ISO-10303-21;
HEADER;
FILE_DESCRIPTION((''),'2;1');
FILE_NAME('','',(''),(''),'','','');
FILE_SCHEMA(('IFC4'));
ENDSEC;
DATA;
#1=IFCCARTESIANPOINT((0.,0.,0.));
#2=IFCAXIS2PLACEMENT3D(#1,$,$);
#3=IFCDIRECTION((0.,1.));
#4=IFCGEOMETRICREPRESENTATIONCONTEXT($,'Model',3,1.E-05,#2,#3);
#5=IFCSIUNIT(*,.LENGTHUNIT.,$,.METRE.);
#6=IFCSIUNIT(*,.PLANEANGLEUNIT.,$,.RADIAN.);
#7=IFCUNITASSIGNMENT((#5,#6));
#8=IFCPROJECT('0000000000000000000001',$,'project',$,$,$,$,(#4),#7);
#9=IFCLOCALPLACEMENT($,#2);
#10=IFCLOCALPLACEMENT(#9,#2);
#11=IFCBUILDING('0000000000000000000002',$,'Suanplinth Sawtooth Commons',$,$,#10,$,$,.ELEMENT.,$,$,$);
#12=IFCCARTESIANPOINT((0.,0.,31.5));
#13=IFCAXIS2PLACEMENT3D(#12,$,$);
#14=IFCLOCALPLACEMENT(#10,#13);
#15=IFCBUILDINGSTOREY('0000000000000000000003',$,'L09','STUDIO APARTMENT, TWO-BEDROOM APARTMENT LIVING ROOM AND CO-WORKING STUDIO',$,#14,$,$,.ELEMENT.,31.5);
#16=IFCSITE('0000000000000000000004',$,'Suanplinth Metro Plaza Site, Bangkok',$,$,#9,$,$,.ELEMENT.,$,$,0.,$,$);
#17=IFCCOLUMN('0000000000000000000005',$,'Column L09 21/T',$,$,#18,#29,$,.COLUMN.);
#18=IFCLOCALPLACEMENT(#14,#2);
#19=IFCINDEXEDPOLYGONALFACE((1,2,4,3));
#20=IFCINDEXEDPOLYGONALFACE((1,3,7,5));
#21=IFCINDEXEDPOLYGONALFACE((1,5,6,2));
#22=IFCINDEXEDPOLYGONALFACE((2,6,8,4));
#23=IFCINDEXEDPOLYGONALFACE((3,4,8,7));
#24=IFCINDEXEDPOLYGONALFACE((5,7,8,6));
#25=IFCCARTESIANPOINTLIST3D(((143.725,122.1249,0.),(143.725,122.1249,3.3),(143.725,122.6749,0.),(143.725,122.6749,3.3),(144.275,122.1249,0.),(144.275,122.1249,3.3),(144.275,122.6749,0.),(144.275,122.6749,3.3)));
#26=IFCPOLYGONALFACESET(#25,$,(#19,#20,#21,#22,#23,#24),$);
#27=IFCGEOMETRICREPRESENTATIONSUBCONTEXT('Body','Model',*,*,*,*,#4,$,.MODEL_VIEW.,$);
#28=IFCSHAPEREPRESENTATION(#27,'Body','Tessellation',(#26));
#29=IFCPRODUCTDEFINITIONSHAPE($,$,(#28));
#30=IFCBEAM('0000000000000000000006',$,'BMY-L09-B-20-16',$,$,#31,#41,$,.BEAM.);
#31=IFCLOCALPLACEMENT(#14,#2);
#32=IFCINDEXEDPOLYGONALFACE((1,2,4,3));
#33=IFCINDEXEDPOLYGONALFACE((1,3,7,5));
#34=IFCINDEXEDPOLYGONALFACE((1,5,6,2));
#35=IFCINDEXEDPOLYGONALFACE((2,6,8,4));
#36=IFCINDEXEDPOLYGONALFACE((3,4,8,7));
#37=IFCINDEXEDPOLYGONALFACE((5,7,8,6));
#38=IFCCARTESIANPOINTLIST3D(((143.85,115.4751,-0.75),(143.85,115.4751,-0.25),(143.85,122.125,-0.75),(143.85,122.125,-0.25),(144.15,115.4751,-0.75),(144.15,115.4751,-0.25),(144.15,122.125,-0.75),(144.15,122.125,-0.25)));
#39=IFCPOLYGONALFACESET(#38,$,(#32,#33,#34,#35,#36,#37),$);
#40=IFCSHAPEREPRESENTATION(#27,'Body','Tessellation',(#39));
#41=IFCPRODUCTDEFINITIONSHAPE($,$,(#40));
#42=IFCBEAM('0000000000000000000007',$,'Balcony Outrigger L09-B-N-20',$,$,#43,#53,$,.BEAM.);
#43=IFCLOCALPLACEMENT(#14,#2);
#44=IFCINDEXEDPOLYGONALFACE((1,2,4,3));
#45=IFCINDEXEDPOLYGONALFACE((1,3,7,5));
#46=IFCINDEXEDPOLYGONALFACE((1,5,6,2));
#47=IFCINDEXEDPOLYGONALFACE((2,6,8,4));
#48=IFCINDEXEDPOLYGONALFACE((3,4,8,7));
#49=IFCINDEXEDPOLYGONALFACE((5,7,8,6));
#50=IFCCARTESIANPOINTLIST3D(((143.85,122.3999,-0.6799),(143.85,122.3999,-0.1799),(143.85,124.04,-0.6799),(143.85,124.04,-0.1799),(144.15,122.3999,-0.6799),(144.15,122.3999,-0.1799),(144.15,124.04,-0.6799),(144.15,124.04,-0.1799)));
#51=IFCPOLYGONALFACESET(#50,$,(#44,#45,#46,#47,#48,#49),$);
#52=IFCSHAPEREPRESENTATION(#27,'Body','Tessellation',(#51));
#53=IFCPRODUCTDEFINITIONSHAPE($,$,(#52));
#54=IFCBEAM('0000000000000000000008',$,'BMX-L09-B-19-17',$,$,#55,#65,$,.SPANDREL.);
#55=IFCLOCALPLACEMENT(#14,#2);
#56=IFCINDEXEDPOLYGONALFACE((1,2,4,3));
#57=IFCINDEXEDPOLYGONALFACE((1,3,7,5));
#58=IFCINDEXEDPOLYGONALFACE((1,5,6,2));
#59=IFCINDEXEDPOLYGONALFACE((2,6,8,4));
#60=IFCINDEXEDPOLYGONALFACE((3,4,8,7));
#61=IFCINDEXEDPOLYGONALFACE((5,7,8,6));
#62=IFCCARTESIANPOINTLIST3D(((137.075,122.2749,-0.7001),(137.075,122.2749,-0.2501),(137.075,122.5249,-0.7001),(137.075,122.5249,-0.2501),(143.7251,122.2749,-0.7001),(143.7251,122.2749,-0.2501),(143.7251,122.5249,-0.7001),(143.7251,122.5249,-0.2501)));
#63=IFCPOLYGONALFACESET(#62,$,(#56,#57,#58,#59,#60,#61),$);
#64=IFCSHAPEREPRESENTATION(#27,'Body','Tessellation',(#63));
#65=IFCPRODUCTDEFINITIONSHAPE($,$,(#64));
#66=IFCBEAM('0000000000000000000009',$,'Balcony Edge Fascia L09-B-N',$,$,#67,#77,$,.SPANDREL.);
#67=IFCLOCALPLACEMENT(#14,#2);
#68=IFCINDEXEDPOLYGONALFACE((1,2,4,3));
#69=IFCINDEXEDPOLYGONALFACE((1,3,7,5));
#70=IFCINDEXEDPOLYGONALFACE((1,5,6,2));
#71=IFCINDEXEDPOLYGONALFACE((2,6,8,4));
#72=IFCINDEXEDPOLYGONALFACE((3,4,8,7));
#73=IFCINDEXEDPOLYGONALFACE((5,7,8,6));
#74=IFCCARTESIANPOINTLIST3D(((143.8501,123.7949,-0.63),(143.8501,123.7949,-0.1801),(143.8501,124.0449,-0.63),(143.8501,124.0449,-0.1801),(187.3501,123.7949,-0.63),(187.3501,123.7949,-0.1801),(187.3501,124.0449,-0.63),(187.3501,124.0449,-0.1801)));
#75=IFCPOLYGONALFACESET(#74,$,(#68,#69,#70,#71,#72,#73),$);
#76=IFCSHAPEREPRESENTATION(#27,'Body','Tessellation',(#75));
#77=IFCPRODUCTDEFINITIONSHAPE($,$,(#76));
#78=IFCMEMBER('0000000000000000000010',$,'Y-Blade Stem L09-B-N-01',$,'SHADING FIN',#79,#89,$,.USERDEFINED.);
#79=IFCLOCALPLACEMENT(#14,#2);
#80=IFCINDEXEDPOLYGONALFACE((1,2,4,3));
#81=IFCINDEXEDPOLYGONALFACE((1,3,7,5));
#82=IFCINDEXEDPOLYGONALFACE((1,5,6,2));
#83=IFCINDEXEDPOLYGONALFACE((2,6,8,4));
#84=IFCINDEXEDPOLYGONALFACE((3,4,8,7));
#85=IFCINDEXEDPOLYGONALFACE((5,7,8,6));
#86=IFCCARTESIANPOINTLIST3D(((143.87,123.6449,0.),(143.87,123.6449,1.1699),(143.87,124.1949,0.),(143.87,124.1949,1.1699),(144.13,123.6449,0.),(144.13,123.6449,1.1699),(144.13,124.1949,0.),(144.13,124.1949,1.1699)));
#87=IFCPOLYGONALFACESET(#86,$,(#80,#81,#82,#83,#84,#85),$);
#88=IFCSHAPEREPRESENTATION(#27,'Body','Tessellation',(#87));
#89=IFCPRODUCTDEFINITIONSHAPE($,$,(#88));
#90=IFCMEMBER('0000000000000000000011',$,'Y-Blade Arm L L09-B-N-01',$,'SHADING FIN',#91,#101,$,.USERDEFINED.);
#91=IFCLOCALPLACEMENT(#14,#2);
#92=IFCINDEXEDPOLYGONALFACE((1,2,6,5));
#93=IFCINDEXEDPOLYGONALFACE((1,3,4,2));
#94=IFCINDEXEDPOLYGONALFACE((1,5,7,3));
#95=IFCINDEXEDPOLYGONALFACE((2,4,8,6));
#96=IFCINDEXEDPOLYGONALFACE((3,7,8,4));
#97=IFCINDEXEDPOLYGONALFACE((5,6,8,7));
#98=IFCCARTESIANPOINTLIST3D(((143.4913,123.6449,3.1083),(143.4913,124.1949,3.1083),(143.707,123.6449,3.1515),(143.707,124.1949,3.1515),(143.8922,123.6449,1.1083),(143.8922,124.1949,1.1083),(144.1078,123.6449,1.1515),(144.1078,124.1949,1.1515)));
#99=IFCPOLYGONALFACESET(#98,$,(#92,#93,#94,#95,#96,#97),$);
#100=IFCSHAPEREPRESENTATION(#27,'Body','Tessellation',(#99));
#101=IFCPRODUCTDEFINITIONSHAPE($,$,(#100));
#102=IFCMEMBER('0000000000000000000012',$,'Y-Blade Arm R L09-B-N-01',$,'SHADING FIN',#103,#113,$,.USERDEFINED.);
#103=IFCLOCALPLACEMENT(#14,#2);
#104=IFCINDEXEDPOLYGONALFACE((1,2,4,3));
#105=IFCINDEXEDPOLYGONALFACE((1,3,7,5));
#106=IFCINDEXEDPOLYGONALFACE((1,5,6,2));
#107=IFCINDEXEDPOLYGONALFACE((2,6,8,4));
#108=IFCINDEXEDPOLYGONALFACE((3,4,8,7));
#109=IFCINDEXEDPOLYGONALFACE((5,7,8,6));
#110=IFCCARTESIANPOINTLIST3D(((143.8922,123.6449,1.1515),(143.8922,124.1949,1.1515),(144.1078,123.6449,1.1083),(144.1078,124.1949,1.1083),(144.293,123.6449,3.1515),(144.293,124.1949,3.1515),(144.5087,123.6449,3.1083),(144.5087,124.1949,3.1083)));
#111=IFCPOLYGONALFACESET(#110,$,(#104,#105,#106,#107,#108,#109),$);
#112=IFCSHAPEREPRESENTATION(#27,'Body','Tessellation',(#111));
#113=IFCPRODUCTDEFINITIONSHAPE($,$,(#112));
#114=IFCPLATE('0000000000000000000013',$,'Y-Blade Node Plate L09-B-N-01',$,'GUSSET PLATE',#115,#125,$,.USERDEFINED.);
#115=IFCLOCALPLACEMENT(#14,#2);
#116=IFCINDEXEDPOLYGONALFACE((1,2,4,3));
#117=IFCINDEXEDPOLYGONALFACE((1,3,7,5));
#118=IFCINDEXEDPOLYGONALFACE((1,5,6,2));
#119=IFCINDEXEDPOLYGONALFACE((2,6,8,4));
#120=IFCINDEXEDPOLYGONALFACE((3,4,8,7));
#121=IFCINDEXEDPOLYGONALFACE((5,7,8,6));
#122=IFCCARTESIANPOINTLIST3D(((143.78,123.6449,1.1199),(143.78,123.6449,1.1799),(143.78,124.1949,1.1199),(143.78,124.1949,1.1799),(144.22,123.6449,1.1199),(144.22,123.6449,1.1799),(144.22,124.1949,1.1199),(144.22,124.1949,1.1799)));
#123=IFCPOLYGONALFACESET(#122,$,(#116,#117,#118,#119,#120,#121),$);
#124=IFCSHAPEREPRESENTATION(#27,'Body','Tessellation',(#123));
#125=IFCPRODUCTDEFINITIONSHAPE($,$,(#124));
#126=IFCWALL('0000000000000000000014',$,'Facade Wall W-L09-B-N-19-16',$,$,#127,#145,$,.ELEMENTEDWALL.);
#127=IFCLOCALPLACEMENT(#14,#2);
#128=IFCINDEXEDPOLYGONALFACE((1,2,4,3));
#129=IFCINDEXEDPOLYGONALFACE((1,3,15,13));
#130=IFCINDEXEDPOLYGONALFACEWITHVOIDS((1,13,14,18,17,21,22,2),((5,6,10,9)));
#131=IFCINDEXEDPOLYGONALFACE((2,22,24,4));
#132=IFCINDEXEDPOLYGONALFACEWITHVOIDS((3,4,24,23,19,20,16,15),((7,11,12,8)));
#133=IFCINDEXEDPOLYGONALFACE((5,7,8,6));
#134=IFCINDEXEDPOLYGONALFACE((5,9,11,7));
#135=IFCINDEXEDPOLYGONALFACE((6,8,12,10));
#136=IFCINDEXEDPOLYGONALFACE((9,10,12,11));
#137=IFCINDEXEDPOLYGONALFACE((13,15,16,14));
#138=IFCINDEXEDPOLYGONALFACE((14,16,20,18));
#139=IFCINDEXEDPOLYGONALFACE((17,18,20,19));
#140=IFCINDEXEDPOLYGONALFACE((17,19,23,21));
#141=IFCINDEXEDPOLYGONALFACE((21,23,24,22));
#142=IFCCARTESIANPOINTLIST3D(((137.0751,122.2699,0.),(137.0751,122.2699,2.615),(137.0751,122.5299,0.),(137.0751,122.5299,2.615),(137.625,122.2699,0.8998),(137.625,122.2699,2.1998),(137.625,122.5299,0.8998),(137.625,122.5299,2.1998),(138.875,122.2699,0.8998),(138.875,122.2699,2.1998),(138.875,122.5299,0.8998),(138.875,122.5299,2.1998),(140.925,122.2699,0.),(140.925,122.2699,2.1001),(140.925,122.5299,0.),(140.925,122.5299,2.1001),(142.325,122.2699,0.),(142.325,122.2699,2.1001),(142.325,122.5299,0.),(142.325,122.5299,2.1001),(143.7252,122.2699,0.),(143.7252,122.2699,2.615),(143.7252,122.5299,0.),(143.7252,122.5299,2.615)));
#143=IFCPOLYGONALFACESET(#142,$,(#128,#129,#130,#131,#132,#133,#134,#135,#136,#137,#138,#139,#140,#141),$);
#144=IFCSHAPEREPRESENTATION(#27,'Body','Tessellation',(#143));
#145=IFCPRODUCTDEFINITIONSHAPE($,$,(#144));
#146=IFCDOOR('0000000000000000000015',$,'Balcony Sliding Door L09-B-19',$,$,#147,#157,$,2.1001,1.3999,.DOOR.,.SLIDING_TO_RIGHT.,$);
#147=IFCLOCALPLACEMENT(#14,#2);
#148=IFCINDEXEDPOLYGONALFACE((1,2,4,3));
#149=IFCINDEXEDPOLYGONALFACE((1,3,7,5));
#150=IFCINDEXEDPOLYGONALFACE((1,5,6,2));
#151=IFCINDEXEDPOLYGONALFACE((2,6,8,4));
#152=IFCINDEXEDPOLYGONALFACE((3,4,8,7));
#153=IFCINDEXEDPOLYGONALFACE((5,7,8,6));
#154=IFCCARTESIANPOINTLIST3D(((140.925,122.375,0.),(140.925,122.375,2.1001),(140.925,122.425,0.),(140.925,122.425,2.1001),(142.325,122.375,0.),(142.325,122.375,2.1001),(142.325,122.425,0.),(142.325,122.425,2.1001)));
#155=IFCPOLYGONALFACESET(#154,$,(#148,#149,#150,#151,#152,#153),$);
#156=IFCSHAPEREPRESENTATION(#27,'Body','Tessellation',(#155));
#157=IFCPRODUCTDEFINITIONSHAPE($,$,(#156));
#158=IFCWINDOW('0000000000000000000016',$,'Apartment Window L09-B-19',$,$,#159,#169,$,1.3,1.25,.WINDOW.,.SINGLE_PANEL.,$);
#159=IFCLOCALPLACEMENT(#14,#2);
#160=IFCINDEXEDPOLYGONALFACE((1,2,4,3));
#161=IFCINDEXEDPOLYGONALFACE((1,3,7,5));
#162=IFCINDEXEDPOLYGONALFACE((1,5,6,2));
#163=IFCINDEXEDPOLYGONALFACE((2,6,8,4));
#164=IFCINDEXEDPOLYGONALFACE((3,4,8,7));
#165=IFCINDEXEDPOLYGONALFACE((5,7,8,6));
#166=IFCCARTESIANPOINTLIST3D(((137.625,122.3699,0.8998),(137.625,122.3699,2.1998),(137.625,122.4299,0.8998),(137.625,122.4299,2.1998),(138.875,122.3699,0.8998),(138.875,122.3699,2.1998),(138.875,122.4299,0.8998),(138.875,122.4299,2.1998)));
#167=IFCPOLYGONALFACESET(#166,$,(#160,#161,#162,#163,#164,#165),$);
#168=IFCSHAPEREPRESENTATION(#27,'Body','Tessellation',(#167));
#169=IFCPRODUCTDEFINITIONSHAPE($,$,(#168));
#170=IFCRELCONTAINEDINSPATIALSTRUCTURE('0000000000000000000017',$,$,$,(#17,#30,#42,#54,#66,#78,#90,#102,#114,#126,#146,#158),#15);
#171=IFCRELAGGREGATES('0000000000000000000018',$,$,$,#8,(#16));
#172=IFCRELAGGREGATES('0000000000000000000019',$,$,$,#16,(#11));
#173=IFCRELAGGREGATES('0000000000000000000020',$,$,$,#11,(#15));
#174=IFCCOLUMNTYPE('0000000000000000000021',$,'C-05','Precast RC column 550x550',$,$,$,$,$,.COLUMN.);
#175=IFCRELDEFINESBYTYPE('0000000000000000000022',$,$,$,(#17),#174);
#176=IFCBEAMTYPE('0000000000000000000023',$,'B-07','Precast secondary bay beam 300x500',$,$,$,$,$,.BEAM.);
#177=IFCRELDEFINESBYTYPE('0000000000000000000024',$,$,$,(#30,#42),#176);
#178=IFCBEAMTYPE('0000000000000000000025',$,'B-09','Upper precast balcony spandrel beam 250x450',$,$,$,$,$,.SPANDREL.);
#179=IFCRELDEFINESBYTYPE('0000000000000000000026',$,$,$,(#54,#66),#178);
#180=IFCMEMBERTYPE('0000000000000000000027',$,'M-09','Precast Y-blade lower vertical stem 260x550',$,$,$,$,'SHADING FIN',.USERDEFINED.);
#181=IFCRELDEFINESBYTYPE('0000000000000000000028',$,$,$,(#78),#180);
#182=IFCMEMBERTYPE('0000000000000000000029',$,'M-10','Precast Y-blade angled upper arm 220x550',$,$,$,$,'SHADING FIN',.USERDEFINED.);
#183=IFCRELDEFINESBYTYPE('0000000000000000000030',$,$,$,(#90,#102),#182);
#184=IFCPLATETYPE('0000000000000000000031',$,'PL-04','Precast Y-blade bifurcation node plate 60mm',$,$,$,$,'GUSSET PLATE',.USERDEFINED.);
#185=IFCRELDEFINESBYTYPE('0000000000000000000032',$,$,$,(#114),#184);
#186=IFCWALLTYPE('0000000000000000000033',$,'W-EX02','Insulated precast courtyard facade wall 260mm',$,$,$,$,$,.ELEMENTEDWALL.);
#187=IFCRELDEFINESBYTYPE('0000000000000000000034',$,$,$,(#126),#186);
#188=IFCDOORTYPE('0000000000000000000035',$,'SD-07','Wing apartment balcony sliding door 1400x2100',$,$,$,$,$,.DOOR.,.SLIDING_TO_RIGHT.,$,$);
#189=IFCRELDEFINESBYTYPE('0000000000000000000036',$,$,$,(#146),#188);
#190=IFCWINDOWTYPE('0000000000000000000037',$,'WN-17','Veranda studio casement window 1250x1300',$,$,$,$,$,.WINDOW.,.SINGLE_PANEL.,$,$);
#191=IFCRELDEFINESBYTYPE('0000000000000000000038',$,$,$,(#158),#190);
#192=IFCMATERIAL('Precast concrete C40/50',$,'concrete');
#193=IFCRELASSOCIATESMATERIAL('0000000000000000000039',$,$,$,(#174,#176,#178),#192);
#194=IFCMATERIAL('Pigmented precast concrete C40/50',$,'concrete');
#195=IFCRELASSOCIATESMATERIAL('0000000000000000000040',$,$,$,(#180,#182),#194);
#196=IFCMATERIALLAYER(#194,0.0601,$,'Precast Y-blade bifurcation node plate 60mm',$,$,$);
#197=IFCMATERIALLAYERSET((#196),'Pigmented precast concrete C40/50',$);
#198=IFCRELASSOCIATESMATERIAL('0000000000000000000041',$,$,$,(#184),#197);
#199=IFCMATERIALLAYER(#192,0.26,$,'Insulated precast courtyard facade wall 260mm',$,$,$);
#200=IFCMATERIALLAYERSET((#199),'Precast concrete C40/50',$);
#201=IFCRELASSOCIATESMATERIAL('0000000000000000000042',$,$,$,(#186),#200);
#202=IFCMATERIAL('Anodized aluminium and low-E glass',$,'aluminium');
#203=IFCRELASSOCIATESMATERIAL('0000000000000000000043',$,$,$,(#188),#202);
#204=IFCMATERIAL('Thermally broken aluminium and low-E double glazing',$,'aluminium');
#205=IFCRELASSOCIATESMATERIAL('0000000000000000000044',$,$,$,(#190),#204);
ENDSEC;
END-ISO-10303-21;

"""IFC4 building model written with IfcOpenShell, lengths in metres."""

from ifc_helpers import new_model, si_unit, direction, frame, frame_2d, origin, origin_2d, place, context, subcontext, project, spatial, rectangle, extrude, material, layer, layer_set, material_profile, profile_set, type_object, element, fill, save


model = new_model("IFC4")

# Units and contexts
model_context = context("Model", 3, precision=1e-05, world=origin(), true_north=direction((0.0, 1.0)))
body_context = subcontext(model_context, "Body", "Model", "MODEL_VIEW")
ifc_project = project(units=[si_unit("LENGTHUNIT", "METRE"), si_unit("PLANEANGLEUNIT", "RADIAN")], contexts=[model_context])

# Site, building, storey
site_placement = place(None, origin())
site = spatial("IfcSite", under=ifc_project, at=site_placement, Name="Suanplinth Metro Plaza Site, Bangkok", CompositionType="ELEMENT", RefElevation=0.0)
building_placement = place(site_placement, origin())
building = spatial("IfcBuilding", under=site, at=building_placement, Name="Suanplinth Sawtooth Commons", CompositionType="ELEMENT")
storey_placement = place(building_placement, frame((0.0, 0.0, 31.5)))
storey = spatial("IfcBuildingStorey", under=building, at=storey_placement, Name="L09", Description="STUDIO APARTMENT, TWO-BEDROOM APARTMENT LIVING ROOM AND CO-WORKING STUDIO", CompositionType="ELEMENT", Elevation=31.5)

# Column
ifc_material_1 = material(Name="Precast concrete C40/50", Category="concrete")
ifc_material_profile_1 = material_profile(ifc_material_1, rectangle(XDim=0.55, YDim=0.55, at=origin_2d()), Name="PC-COL 550x550")
ifc_profile_set_1 = profile_set([ifc_material_profile_1], Name="Precast concrete C40/50")
column_type = type_object("IfcColumnType", Name="C-05", Description="Precast RC column 550x550", PredefinedType="COLUMN", material=ifc_profile_set_1)
column_placement = place(storey_placement, frame((144.0, 122.3999, 0.0), z_axis=(0.0, 0.0, 1.0), x_axis=(1.0, 0.0, 0.0)))
element("IfcColumn", 1, at=column_placement, inside=storey, type_object=column_type, Name="Column L09 21/T", PredefinedType="COLUMN", context=body_context, shape_type="SweptSolid", body=[
    extrude(rectangle(XDim=0.55, YDim=0.55, at=origin_2d()), origin(), (0.0, 0.0, 1.0), 3.3),
])

# Beams
ifc_material_profile_2 = material_profile(ifc_material_1, rectangle(XDim=0.3, YDim=0.5, at=origin_2d()), Name="PC-BM 300x500")
ifc_profile_set_2 = profile_set([ifc_material_profile_2], Name="Precast concrete C40/50")
beam_type_1 = type_object("IfcBeamType", Name="B-07", Description="Precast secondary bay beam 300x500", PredefinedType="BEAM", material=ifc_profile_set_2)
beam_1_placement = place(storey_placement, frame((144.0, 115.4751, -0.5), z_axis=(0.0, 1.0, 0.0), x_axis=(-1.0, 0.0, 0.0)))
element("IfcBeam", 2, at=beam_1_placement, inside=storey, type_object=beam_type_1, Name="BMY-L09-B-20-16", PredefinedType="BEAM", context=body_context, shape_type="SweptSolid", body=[
    extrude(rectangle(XDim=0.3, YDim=0.5, at=origin_2d()), origin(), (0.0, 0.0, 1.0), 6.6499),
])
beam_2_placement = place(storey_placement, frame((144.0, 122.3999, -0.4299), z_axis=(0.0, 1.0, 0.0), x_axis=(-1.0, 0.0, 0.0)))
element("IfcBeam", 3, at=beam_2_placement, inside=storey, type_object=beam_type_1, Name="Balcony Outrigger L09-B-N-20", PredefinedType="BEAM", context=body_context, shape_type="SweptSolid", body=[
    extrude(rectangle(XDim=0.3, YDim=0.5, at=origin_2d()), origin(), (0.0, 0.0, 1.0), 1.6401),
])
ifc_material_profile_3 = material_profile(ifc_material_1, rectangle(XDim=0.25, YDim=0.45, at=origin_2d()), Name="PC-SP 250x450")
ifc_profile_set_3 = profile_set([ifc_material_profile_3], Name="Precast concrete C40/50")
beam_type_2 = type_object("IfcBeamType", Name="B-09", Description="Upper precast balcony spandrel beam 250x450", PredefinedType="SPANDREL", material=ifc_profile_set_3)
beam_3_placement = place(storey_placement, frame((137.075, 122.3999, -0.4751), z_axis=(1.0, 0.0, 0.0), x_axis=(0.0, 1.0, 0.0)))
element("IfcBeam", 4, at=beam_3_placement, inside=storey, type_object=beam_type_2, Name="BMX-L09-B-19-17", PredefinedType="SPANDREL", context=body_context, shape_type="SweptSolid", body=[
    extrude(rectangle(XDim=0.25, YDim=0.45, at=origin_2d()), origin(), (0.0, 0.0, 1.0), 6.6501),
])
beam_4_placement = place(storey_placement, frame((143.8501, 123.9199, -0.405), z_axis=(1.0, 0.0, 0.0), x_axis=(0.0, 1.0, 0.0)))
element("IfcBeam", 5, at=beam_4_placement, inside=storey, type_object=beam_type_2, Name="Balcony Edge Fascia L09-B-N", PredefinedType="SPANDREL", context=body_context, shape_type="SweptSolid", body=[
    extrude(rectangle(XDim=0.25, YDim=0.45, at=origin_2d()), origin(), (0.0, 0.0, 1.0), 43.5),
])

# Members
ifc_material_2 = material(Name="Pigmented precast concrete C40/50", Category="concrete")
ifc_material_profile_4 = material_profile(ifc_material_2, rectangle(XDim=0.26, YDim=0.55, at=origin_2d()), Name="PC-FIN 260x550")
ifc_profile_set_4 = profile_set([ifc_material_profile_4], Name="Pigmented precast concrete C40/50")
member_type_1 = type_object("IfcMemberType", Name="M-09", Description="Precast Y-blade lower vertical stem 260x550", ElementType="SHADING FIN", PredefinedType="USERDEFINED", material=ifc_profile_set_4)
member_placement = place(storey_placement, frame((144.0, 123.9199, 0.0), z_axis=(0.0, 0.0, 1.0), x_axis=(1.0, 0.0, 0.0)))
element("IfcMember", 6, at=member_placement, inside=storey, type_object=member_type_1, Name="Y-Blade Stem L09-B-N-01", ObjectType="SHADING FIN", PredefinedType="USERDEFINED", context=body_context, shape_type="SweptSolid", body=[
    extrude(rectangle(XDim=0.26, YDim=0.55, at=origin_2d()), origin(), (0.0, 0.0, 1.0), 1.1699),
])
ifc_material_profile_5 = material_profile(ifc_material_2, rectangle(XDim=0.22, YDim=0.55, at=origin_2d()), Name="PC-FIN 220x550")
ifc_profile_set_5 = profile_set([ifc_material_profile_5], Name="Pigmented precast concrete C40/50")
member_type_2 = type_object("IfcMemberType", Name="M-10", Description="Precast Y-blade angled upper arm 220x550", ElementType="SHADING FIN", PredefinedType="USERDEFINED", material=ifc_profile_set_5)
for number, where, z_axis, x_axis, name in (
    (7, (144.0, 123.9199, 1.1299), (-0.19653, 0.0, 0.980498), (0.980498, 0.0, 0.19653), "Y-Blade Arm L L09-B-N-01"),
    (8, (144.0, 123.9199, 1.1299), (0.19653, 0.0, 0.980498), (-0.980498, 0.0, 0.19653), "Y-Blade Arm R L09-B-N-01"),
):
    element("IfcMember", number, at=place(storey_placement, frame(where, z_axis=z_axis, x_axis=x_axis)), inside=storey, type_object=member_type_2, Name=name, ObjectType="SHADING FIN", PredefinedType="USERDEFINED", context=body_context, shape_type="SweptSolid", body=[
        extrude(rectangle(XDim=0.22, YDim=0.55, at=origin_2d()), origin(), (0.0, 0.0, 1.0), 2.0398),
    ])

# Plate
ifc_layer_1 = layer(ifc_material_2, 0.0601, Name="Precast Y-blade bifurcation node plate 60mm")
ifc_layer_set_1 = layer_set([ifc_layer_1], Name="Pigmented precast concrete C40/50")
plate_type = type_object("IfcPlateType", Name="PL-04", Description="Precast Y-blade bifurcation node plate 60mm", ElementType="GUSSET PLATE", PredefinedType="USERDEFINED", material=ifc_layer_set_1)
plate_placement = place(storey_placement, frame((144.0, 123.9199, 1.1199), z_axis=(0.0, 0.0, 1.0), x_axis=(1.0, 0.0, 0.0)))
element("IfcPlate", 9, at=plate_placement, inside=storey, type_object=plate_type, Name="Y-Blade Node Plate L09-B-N-01", ObjectType="GUSSET PLATE", PredefinedType="USERDEFINED", context=body_context, shape_type="SweptSolid", body=[
    extrude(rectangle(XDim=0.4399, YDim=0.55, at=origin_2d()), origin(), (0.0, 0.0, 1.0), 0.0601),
])

# Wall, openings, door, window
ifc_layer_2 = layer(ifc_material_1, 0.26, Name="Insulated precast courtyard facade wall 260mm")
ifc_layer_set_2 = layer_set([ifc_layer_2], Name="Precast concrete C40/50")
wall_type_1 = type_object("IfcWallType", Name="W-EX02", Description="Insulated precast courtyard facade wall 260mm", PredefinedType="ELEMENTEDWALL", material=ifc_layer_set_2)
wall_1_placement = place(storey_placement, frame((137.075, 122.3999, 0.0), z_axis=(0.0, 0.0, 1.0), x_axis=(1.0, 0.0, 0.0)))
wall_1 = element("IfcWall", 10, at=wall_1_placement, inside=storey, type_object=wall_type_1, Name="Facade Wall W-L09-B-N-19-16", PredefinedType="ELEMENTEDWALL", context=body_context, shape_type="SweptSolid", body=[
    extrude(rectangle(XDim=6.6501, YDim=0.26, at=frame_2d((3.3252, 0.0))), origin(), (0.0, 0.0, 1.0), 2.615),
])
opening_1_placement = place(wall_1_placement, frame((3.8501, 0.0, 0.0)))
opening_1 = element("IfcOpeningElement", 11, at=opening_1_placement, cuts=wall_1, PredefinedType="OPENING", context=body_context, shape_type="SweptSolid", body=[
    extrude(rectangle(XDim=1.3999, YDim=2.1001, at=frame_2d((0.7, 1.05))), frame((0.0, 0.145, 0.0), z_axis=(0.0, -1.0, 0.0), x_axis=(1.0, 0.0, 0.0)), (0.0, 0.0, 1.0), 0.2898),
])
opening_2_placement = place(wall_1_placement, frame((0.55, 0.0, 0.8999)))
opening_2 = element("IfcOpeningElement", 12, at=opening_2_placement, cuts=wall_1, PredefinedType="OPENING", context=body_context, shape_type="SweptSolid", body=[
    extrude(rectangle(XDim=1.25, YDim=1.3, at=frame_2d((0.625, 0.6499))), frame((0.0, 0.145, 0.0), z_axis=(0.0, -1.0, 0.0), x_axis=(1.0, 0.0, 0.0)), (0.0, 0.0, 1.0), 0.2898),
])
ifc_material_3 = material(Name="Anodized aluminium and low-E glass", Category="aluminium")
door_type_1 = type_object("IfcDoorType", Name="SD-07", Description="Wing apartment balcony sliding door 1400x2100", OperationType="SLIDING_TO_RIGHT", PredefinedType="DOOR", material=ifc_material_3)
door_1_placement = place(opening_1_placement, frame((1.3999, 0.0, 0.0), z_axis=(0.0, 0.0, 1.0), x_axis=(-1.0, 0.0, 0.0)))
door_1 = element("IfcDoor", 13, at=door_1_placement, inside=storey, type_object=door_type_1, Name="Balcony Sliding Door L09-B-19", OperationType="SLIDING_TO_RIGHT", OverallHeight=2.1001, OverallWidth=1.3999, PredefinedType="DOOR", context=body_context, shape_type="SweptSolid", body=[
    extrude(rectangle(XDim=1.3999, YDim=2.1001, at=frame_2d((0.7, 1.05))), frame((0.0, 0.0249, 0.0), z_axis=(0.0, -1.0, 0.0), x_axis=(1.0, 0.0, 0.0)), (0.0, 0.0, 1.0), 0.05),
])
fill(opening_1, door_1)
ifc_material_4 = material(Name="Thermally broken aluminium and low-E double glazing", Category="aluminium")
window_type = type_object("IfcWindowType", Name="WN-17", Description="Veranda studio casement window 1250x1300", PartitioningType="SINGLE_PANEL", PredefinedType="WINDOW", material=ifc_material_4)
window_placement = place(opening_2_placement, origin())
window = element("IfcWindow", 14, at=window_placement, inside=storey, type_object=window_type, Name="Apartment Window L09-B-19", OverallHeight=1.3, OverallWidth=1.25, PartitioningType="SINGLE_PANEL", PredefinedType="WINDOW", context=body_context, shape_type="SweptSolid", body=[
    extrude(rectangle(XDim=1.25, YDim=1.3, at=frame_2d((0.625, 0.6499))), frame((0.0, 0.03, 0.0), z_axis=(0.0, -1.0, 0.0), x_axis=(1.0, 0.0, 0.0)), (0.0, 0.0, 1.0), 0.0601),
])
fill(opening_2, window)

save(model, "model.ifc")
